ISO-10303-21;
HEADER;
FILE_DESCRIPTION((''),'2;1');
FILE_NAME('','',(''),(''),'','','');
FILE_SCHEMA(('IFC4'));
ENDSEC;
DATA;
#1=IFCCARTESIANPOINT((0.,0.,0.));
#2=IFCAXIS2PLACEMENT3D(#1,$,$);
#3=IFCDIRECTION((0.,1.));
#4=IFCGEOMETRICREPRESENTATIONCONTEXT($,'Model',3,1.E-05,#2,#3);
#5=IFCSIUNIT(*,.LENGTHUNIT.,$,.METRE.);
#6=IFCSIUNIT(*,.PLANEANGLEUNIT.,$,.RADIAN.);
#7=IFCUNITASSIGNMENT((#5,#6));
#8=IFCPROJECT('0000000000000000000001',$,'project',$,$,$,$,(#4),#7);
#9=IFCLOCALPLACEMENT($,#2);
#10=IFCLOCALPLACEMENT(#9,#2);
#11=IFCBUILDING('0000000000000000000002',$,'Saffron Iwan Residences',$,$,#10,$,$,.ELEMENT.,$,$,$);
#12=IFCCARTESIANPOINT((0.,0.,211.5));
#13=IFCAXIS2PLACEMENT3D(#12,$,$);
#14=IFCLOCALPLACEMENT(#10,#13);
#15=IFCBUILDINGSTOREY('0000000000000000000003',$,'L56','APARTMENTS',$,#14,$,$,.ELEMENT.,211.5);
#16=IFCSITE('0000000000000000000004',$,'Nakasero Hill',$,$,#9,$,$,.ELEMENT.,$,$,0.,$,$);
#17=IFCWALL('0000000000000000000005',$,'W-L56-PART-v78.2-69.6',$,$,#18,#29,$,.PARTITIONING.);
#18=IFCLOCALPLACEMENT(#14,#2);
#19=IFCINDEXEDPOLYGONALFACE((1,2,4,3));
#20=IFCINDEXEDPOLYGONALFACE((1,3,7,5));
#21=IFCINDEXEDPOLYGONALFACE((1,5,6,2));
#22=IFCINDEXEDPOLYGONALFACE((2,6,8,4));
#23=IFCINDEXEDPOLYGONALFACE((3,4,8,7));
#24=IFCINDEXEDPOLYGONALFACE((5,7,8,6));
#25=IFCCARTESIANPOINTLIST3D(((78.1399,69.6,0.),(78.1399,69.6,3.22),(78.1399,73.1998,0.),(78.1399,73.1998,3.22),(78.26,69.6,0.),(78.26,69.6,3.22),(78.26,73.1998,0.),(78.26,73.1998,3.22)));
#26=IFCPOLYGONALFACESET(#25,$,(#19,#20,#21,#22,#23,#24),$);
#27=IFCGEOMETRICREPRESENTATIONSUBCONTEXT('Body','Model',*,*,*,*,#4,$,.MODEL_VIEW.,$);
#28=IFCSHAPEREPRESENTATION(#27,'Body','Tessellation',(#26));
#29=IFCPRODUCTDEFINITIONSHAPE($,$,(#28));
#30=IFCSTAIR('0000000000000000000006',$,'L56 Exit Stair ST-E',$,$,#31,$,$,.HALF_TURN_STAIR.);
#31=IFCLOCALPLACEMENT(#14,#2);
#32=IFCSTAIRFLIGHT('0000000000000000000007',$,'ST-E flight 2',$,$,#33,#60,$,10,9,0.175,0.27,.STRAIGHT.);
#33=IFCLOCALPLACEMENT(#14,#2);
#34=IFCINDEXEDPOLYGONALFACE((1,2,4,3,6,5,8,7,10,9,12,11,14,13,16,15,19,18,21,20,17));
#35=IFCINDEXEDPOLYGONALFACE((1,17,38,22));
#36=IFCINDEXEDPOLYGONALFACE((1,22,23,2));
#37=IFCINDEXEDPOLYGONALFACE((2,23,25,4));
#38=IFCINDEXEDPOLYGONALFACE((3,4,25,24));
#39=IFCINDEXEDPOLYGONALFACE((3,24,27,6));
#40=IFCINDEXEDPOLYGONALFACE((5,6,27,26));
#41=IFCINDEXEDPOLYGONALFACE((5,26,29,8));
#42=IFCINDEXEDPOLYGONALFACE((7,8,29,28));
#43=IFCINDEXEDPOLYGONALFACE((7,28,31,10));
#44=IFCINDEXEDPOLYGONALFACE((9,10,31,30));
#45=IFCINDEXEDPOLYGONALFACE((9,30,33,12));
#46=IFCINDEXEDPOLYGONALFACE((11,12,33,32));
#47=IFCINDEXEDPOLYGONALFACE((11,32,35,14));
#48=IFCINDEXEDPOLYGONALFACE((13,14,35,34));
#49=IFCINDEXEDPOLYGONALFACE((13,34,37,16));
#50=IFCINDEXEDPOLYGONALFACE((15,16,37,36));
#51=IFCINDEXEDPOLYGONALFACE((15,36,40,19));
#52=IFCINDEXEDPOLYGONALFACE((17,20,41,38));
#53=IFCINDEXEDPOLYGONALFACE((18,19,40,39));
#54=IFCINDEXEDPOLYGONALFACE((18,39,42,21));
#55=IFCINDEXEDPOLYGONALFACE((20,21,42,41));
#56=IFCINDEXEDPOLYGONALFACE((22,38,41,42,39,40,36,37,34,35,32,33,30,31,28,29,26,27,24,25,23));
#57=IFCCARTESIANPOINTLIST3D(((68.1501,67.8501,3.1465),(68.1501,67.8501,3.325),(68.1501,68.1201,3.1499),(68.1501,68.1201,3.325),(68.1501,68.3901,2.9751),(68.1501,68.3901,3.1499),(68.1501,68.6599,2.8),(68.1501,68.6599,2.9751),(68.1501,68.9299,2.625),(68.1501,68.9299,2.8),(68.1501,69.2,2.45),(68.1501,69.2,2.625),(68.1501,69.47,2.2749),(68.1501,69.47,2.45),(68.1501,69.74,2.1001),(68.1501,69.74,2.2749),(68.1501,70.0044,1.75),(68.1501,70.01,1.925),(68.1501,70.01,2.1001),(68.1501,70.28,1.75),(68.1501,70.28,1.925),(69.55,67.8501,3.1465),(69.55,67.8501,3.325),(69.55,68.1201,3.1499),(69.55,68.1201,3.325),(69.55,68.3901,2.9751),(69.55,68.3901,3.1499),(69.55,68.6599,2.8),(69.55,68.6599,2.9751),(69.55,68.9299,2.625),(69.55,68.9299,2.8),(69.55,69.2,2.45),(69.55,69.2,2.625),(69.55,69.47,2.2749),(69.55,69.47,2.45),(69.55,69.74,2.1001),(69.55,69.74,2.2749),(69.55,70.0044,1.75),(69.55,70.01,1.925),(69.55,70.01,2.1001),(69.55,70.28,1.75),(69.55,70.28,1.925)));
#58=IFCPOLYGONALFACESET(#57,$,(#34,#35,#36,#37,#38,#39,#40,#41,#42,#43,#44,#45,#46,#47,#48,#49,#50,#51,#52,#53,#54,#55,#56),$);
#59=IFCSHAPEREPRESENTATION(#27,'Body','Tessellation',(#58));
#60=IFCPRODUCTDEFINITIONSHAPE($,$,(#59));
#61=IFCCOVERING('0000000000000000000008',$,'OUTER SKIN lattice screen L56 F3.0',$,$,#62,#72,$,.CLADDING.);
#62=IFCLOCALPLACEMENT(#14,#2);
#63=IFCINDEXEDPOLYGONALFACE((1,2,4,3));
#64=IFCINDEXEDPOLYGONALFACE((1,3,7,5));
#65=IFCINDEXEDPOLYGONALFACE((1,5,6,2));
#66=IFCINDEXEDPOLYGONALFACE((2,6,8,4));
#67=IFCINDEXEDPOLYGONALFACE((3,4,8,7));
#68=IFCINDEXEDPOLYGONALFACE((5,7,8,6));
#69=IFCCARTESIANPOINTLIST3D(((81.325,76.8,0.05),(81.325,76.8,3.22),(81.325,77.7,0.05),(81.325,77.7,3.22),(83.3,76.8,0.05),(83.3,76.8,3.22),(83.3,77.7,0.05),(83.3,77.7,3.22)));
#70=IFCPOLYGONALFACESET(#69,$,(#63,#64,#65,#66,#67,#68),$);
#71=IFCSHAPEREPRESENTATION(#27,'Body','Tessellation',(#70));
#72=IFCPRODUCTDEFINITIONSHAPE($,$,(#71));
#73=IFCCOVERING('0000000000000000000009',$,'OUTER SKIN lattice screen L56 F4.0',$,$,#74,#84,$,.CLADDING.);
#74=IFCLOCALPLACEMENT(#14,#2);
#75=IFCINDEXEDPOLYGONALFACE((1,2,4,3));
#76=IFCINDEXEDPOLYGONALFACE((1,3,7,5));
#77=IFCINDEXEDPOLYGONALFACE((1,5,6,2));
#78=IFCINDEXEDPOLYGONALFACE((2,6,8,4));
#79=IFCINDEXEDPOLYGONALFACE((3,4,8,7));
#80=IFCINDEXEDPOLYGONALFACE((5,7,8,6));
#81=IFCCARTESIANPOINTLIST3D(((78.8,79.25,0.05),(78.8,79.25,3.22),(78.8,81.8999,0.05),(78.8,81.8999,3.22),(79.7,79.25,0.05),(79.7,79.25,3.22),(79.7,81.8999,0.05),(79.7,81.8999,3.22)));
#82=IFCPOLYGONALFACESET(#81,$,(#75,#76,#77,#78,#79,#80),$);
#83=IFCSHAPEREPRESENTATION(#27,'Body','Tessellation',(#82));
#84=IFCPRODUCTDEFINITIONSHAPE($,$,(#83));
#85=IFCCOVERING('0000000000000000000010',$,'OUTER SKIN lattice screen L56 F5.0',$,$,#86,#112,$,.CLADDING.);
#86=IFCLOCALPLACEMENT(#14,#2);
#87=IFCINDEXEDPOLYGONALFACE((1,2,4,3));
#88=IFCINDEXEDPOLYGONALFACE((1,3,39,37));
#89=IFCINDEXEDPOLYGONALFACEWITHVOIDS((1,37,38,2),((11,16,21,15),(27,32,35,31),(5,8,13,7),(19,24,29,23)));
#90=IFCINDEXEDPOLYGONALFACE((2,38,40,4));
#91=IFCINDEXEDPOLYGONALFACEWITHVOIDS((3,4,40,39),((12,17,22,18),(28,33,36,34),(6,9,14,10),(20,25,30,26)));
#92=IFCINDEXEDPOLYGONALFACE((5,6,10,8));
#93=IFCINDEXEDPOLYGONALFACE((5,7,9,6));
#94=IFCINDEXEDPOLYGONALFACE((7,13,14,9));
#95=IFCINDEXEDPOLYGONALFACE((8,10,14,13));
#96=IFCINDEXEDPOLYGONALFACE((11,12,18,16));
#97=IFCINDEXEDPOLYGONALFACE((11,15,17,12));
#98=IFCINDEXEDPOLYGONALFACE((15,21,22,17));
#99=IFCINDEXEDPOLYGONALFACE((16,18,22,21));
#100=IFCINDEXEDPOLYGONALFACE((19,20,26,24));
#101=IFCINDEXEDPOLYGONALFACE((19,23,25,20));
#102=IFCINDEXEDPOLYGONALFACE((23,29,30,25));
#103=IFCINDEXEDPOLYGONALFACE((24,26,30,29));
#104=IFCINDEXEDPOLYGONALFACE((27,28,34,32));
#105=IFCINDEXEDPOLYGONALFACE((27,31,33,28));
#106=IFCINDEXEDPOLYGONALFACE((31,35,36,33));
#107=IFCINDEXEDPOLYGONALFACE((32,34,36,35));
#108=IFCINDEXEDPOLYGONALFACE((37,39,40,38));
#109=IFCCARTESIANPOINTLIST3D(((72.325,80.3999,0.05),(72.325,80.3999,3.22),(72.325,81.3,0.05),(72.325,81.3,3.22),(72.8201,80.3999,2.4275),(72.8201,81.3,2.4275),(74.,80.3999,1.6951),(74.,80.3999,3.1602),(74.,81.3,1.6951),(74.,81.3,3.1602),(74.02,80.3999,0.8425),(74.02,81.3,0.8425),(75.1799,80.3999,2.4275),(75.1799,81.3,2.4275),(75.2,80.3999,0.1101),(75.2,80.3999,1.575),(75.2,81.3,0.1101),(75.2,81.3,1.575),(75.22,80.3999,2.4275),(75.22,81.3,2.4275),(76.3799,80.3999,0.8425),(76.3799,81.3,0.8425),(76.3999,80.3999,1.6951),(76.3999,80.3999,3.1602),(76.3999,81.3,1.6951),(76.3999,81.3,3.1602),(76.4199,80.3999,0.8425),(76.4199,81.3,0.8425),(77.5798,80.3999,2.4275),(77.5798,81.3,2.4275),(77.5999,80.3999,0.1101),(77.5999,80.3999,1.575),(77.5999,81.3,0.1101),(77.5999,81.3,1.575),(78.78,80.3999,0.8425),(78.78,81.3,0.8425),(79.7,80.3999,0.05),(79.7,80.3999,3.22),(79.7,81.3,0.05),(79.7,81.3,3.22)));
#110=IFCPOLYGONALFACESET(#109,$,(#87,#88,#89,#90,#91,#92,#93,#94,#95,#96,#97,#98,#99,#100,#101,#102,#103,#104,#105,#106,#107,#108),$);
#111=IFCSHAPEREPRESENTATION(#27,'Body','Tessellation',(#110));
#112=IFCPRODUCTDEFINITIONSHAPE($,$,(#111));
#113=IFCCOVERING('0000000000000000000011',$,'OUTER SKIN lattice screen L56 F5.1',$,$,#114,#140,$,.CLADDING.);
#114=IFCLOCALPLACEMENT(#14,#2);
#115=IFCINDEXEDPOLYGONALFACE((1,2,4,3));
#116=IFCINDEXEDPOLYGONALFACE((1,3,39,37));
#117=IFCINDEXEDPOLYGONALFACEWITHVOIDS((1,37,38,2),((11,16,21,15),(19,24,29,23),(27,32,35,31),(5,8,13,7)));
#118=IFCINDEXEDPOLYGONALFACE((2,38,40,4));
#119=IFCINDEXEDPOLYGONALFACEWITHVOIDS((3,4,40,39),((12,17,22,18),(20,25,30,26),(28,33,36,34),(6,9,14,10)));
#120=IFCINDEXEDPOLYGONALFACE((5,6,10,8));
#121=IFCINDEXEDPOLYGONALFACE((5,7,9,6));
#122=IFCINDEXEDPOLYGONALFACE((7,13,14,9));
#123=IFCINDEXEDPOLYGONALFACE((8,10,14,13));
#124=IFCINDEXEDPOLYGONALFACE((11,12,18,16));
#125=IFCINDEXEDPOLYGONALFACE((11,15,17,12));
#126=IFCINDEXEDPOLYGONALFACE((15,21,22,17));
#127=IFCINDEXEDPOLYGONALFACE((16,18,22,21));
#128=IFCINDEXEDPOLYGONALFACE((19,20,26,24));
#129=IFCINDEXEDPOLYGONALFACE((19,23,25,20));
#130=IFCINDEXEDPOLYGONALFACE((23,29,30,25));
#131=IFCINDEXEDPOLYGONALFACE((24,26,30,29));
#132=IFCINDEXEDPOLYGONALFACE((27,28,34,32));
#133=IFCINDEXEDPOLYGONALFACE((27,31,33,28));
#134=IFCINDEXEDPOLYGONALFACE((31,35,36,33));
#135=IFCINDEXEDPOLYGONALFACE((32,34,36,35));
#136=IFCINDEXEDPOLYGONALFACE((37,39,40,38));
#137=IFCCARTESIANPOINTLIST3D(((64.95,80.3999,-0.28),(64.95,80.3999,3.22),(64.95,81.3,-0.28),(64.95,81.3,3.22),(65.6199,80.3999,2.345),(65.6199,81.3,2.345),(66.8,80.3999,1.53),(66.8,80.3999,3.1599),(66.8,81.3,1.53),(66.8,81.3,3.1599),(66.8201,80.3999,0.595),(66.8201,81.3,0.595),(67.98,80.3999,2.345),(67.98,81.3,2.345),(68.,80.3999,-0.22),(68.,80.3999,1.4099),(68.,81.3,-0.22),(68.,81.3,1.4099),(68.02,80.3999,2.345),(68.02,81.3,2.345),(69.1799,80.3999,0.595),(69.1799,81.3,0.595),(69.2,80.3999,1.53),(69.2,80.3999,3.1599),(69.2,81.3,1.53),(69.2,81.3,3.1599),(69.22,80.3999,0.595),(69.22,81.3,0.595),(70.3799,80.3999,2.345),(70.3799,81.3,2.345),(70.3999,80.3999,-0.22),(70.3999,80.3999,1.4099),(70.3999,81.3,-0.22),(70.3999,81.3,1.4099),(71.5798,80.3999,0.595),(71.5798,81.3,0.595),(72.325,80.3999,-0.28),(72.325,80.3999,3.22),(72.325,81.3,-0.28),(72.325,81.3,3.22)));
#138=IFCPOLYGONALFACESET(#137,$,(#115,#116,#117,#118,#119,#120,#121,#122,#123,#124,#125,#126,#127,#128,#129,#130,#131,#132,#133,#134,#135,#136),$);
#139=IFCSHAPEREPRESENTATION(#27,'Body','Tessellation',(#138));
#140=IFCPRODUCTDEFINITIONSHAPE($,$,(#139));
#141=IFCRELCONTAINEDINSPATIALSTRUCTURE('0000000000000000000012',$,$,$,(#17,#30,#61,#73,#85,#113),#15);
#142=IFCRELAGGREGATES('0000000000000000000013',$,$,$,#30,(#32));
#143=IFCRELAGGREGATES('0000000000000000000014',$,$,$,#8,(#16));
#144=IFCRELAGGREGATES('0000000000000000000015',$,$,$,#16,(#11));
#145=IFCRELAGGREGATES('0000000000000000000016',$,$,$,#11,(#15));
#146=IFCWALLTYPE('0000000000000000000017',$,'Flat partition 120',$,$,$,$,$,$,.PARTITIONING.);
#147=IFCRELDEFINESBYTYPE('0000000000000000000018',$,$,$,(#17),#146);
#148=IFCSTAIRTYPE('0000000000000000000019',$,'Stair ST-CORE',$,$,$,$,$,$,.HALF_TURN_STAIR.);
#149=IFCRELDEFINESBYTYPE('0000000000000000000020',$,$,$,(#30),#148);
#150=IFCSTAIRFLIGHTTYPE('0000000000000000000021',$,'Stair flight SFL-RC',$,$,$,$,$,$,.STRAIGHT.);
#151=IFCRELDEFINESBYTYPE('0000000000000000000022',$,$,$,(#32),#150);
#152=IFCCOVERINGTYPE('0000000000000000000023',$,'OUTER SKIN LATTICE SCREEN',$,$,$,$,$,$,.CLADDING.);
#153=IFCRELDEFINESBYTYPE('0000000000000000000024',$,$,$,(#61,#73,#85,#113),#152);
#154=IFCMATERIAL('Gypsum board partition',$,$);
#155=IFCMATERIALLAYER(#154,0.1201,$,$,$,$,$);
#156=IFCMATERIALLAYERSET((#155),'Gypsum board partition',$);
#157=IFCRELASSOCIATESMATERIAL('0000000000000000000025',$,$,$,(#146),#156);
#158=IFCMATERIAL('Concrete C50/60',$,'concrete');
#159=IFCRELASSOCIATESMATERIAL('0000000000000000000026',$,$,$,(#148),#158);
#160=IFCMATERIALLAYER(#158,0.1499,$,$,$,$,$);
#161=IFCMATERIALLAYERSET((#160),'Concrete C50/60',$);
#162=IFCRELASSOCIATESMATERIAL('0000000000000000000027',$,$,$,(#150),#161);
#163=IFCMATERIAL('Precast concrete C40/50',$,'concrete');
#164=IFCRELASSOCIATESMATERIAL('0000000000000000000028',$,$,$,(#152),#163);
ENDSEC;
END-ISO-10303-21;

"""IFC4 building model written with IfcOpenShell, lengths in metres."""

from ifc_helpers import new_model, si_unit, direction, frame, frame_2d, origin, place, context, subcontext, project, spatial, polyline, rectangle, outline, extrude, material, layer, layer_set, type_object, element, aggregate, save


model = new_model("IFC4")

# Units and contexts
model_context = context("Model", 3, precision=1e-05, world=origin(), true_north=direction((0.0, 1.0)))
body_context = subcontext(model_context, "Body", "Model", "MODEL_VIEW")
ifc_project = project(units=[si_unit("LENGTHUNIT", "METRE"), si_unit("PLANEANGLEUNIT", "RADIAN")], contexts=[model_context])

# Site, building, storey
site_placement = place(None, origin())
site = spatial("IfcSite", under=ifc_project, at=site_placement, Name="Nakasero Hill", CompositionType="ELEMENT", RefElevation=0.0)
building_placement = place(site_placement, origin())
building = spatial("IfcBuilding", under=site, at=building_placement, Name="Saffron Iwan Residences", CompositionType="ELEMENT")
storey_placement = place(building_placement, frame((0.0, 0.0, 211.5)))
storey = spatial("IfcBuildingStorey", under=building, at=storey_placement, Name="L56", Description="APARTMENTS", CompositionType="ELEMENT", Elevation=211.5)

# Shared definitions
ifc_material_1 = material(Name="Gypsum board partition")
ifc_layer_1 = layer(ifc_material_1, 0.1201)
ifc_layer_set_1 = layer_set([ifc_layer_1], Name="Gypsum board partition")
wall_type_1 = type_object("IfcWallType", Name="Flat partition 120", PredefinedType="PARTITIONING", material=ifc_layer_set_1)

# Wall
wall_1_placement = place(storey_placement, frame((78.2, 69.6001, 0.0), z_axis=(0.0, 0.0, 1.0), x_axis=(0.0, 1.0, 0.0)))
element("IfcWall", 1, at=wall_1_placement, inside=storey, type_object=wall_type_1, Name="W-L56-PART-v78.2-69.6", PredefinedType="PARTITIONING", context=body_context, shape_type="SweptSolid", body=[
    extrude(rectangle(XDim=3.5999, YDim=0.1201, at=frame_2d((1.7998, 0.0))), origin(), (0.0, 0.0, 1.0), 3.22),
])

# Stair, stair flight
ifc_material_2 = material(Name="Concrete C50/60", Category="concrete")
stair_type = type_object("IfcStairType", Name="Stair ST-CORE", PredefinedType="HALF_TURN_STAIR", material=ifc_material_2)
stair_placement = place(storey_placement, origin())
stair = element("IfcStair", 2, at=stair_placement, inside=storey, type_object=stair_type, Name="L56 Exit Stair ST-E", PredefinedType="HALF_TURN_STAIR")
ifc_layer_2 = layer(ifc_material_2, 0.1499)
ifc_layer_set_2 = layer_set([ifc_layer_2], Name="Concrete C50/60")
stair_flight_type = type_object("IfcStairFlightType", Name="Stair flight SFL-RC", PredefinedType="STRAIGHT", material=ifc_layer_set_2)
stair_flight_placement = place(storey_placement, frame((68.8501, 70.28, 1.75), z_axis=(0.0, 0.0, 1.0), x_axis=(0.0, -1.0, 0.0)))
stair_flight = element("IfcStairFlight", 3, at=stair_flight_placement, type_object=stair_flight_type, Name="ST-E flight 2", NumberOfRisers=10, NumberOfTreads=9, PredefinedType="STRAIGHT", RiserHeight=0.175, TreadLength=0.27, context=body_context, shape_type="SweptSolid", body=[
    extrude(outline(polyline([(0.0, 0.0), (0.0, 0.175), (0.27, 0.175), (0.27, 0.3501), (0.54, 0.3501), (0.54, 0.5249), (0.8101, 0.5249), (0.8101, 0.7), (1.0801, 0.7), (1.0801, 0.875), (1.3501, 0.875), (1.3501, 1.05), (1.6201, 1.05), (1.6201, 1.2251), (1.8899, 1.2251), (1.8899, 1.3999), (2.1599, 1.3999), (2.1599, 1.575), (2.4299, 1.575), (2.4299, 1.75), (2.4299, 1.3965), (0.2756, 0.0), (0.0, 0.0)])), frame((0.0, 0.7, 0.0), z_axis=(0.0, -1.0, 0.0), x_axis=(1.0, 0.0, 0.0)), (0.0, 0.0, 1.0), 1.3999),
])
aggregate(stair, [stair_flight])

# Coverings
ifc_material_3 = material(Name="Precast concrete C40/50", Category="concrete")
covering_type = type_object("IfcCoveringType", Name="OUTER SKIN LATTICE SCREEN", PredefinedType="CLADDING", material=ifc_material_3)
covering_1_placement = place(storey_placement, frame((83.3, 76.8, 0.05), z_axis=(0.0, 1.0, 0.0), x_axis=(-1.0, 0.0, 0.0)))
element("IfcCovering", 4, at=covering_1_placement, inside=storey, type_object=covering_type, Name="OUTER SKIN lattice screen L56 F3.0", PredefinedType="CLADDING", context=body_context, shape_type="SweptSolid", body=[
    extrude(outline(polyline([(0.0, 0.0), (1.9751, 0.0), (1.9751, 3.1699), (0.0, 3.1699), (0.0, 0.0)])), origin(), (0.0, 0.0, 1.0), 0.8999),
])
covering_2_placement = place(storey_placement, frame((78.8, 79.25, 0.05), z_axis=(1.0, 0.0, 0.0), x_axis=(0.0, 1.0, 0.0)))
element("IfcCovering", 5, at=covering_2_placement, inside=storey, type_object=covering_type, Name="OUTER SKIN lattice screen L56 F4.0", PredefinedType="CLADDING", context=body_context, shape_type="SweptSolid", body=[
    extrude(outline(polyline([(0.0, 0.0), (2.6499, 0.0), (2.6499, 3.1699), (0.0, 3.1699), (0.0, 0.0)])), origin(), (0.0, 0.0, 1.0), 0.8999),
])
covering_3_placement = place(storey_placement, frame((79.7, 80.3999, 0.05), z_axis=(0.0, 1.0, 0.0), x_axis=(-1.0, 0.0, 0.0)))
element("IfcCovering", 6, at=covering_3_placement, inside=storey, type_object=covering_type, Name="OUTER SKIN lattice screen L56 F5.0", PredefinedType="CLADDING", context=body_context, shape_type="SweptSolid", body=[
    extrude(outline(polyline([(0.0, 0.0), (7.375, 0.0), (7.375, 3.1699), (0.0, 3.1699), (0.0, 0.0)]), holes=[polyline([(0.9199, 0.7925), (2.1001, 0.0601), (3.28, 0.7925), (2.1001, 1.5249), (0.9199, 0.7925)]), polyline([(3.3201, 0.7925), (4.5, 0.0601), (5.6799, 0.7925), (4.5, 1.5249), (3.3201, 0.7925)]), polyline([(2.1201, 2.3774), (3.3, 1.645), (4.48, 2.3774), (3.3, 3.1101), (2.1201, 2.3774)]), polyline([(4.52, 2.3774), (5.7, 1.645), (6.8799, 2.3774), (5.7, 3.1101), (4.52, 2.3774)])]), origin(), (0.0, 0.0, 1.0), 0.9001),
])
covering_4_placement = place(storey_placement, frame((72.325, 80.3999, -0.28), z_axis=(0.0, 1.0, 0.0), x_axis=(-1.0, 0.0, 0.0)))
element("IfcCovering", 7, at=covering_4_placement, inside=storey, type_object=covering_type, Name="OUTER SKIN lattice screen L56 F5.1", PredefinedType="CLADDING", context=body_context, shape_type="SweptSolid", body=[
    extrude(outline(polyline([(0.0, 0.0), (7.375, 0.0), (7.375, 3.5), (0.0, 3.5), (0.0, 0.0)]), holes=[polyline([(0.7451, 0.875), (1.925, 0.0601), (3.105, 0.875), (1.925, 1.6899), (0.7451, 0.875)]), polyline([(3.145, 0.875), (4.325, 0.0601), (5.5049, 0.875), (4.325, 1.6899), (3.145, 0.875)]), polyline([(1.9451, 2.625), (3.125, 1.8101), (4.3049, 2.625), (3.125, 3.4399), (1.9451, 2.625)]), polyline([(4.345, 2.625), (5.5249, 1.8101), (6.7051, 2.625), (5.5249, 3.4399), (4.345, 2.625)])]), origin(), (0.0, 0.0, 1.0), 0.9001),
])

save(model, "model.ifc")
